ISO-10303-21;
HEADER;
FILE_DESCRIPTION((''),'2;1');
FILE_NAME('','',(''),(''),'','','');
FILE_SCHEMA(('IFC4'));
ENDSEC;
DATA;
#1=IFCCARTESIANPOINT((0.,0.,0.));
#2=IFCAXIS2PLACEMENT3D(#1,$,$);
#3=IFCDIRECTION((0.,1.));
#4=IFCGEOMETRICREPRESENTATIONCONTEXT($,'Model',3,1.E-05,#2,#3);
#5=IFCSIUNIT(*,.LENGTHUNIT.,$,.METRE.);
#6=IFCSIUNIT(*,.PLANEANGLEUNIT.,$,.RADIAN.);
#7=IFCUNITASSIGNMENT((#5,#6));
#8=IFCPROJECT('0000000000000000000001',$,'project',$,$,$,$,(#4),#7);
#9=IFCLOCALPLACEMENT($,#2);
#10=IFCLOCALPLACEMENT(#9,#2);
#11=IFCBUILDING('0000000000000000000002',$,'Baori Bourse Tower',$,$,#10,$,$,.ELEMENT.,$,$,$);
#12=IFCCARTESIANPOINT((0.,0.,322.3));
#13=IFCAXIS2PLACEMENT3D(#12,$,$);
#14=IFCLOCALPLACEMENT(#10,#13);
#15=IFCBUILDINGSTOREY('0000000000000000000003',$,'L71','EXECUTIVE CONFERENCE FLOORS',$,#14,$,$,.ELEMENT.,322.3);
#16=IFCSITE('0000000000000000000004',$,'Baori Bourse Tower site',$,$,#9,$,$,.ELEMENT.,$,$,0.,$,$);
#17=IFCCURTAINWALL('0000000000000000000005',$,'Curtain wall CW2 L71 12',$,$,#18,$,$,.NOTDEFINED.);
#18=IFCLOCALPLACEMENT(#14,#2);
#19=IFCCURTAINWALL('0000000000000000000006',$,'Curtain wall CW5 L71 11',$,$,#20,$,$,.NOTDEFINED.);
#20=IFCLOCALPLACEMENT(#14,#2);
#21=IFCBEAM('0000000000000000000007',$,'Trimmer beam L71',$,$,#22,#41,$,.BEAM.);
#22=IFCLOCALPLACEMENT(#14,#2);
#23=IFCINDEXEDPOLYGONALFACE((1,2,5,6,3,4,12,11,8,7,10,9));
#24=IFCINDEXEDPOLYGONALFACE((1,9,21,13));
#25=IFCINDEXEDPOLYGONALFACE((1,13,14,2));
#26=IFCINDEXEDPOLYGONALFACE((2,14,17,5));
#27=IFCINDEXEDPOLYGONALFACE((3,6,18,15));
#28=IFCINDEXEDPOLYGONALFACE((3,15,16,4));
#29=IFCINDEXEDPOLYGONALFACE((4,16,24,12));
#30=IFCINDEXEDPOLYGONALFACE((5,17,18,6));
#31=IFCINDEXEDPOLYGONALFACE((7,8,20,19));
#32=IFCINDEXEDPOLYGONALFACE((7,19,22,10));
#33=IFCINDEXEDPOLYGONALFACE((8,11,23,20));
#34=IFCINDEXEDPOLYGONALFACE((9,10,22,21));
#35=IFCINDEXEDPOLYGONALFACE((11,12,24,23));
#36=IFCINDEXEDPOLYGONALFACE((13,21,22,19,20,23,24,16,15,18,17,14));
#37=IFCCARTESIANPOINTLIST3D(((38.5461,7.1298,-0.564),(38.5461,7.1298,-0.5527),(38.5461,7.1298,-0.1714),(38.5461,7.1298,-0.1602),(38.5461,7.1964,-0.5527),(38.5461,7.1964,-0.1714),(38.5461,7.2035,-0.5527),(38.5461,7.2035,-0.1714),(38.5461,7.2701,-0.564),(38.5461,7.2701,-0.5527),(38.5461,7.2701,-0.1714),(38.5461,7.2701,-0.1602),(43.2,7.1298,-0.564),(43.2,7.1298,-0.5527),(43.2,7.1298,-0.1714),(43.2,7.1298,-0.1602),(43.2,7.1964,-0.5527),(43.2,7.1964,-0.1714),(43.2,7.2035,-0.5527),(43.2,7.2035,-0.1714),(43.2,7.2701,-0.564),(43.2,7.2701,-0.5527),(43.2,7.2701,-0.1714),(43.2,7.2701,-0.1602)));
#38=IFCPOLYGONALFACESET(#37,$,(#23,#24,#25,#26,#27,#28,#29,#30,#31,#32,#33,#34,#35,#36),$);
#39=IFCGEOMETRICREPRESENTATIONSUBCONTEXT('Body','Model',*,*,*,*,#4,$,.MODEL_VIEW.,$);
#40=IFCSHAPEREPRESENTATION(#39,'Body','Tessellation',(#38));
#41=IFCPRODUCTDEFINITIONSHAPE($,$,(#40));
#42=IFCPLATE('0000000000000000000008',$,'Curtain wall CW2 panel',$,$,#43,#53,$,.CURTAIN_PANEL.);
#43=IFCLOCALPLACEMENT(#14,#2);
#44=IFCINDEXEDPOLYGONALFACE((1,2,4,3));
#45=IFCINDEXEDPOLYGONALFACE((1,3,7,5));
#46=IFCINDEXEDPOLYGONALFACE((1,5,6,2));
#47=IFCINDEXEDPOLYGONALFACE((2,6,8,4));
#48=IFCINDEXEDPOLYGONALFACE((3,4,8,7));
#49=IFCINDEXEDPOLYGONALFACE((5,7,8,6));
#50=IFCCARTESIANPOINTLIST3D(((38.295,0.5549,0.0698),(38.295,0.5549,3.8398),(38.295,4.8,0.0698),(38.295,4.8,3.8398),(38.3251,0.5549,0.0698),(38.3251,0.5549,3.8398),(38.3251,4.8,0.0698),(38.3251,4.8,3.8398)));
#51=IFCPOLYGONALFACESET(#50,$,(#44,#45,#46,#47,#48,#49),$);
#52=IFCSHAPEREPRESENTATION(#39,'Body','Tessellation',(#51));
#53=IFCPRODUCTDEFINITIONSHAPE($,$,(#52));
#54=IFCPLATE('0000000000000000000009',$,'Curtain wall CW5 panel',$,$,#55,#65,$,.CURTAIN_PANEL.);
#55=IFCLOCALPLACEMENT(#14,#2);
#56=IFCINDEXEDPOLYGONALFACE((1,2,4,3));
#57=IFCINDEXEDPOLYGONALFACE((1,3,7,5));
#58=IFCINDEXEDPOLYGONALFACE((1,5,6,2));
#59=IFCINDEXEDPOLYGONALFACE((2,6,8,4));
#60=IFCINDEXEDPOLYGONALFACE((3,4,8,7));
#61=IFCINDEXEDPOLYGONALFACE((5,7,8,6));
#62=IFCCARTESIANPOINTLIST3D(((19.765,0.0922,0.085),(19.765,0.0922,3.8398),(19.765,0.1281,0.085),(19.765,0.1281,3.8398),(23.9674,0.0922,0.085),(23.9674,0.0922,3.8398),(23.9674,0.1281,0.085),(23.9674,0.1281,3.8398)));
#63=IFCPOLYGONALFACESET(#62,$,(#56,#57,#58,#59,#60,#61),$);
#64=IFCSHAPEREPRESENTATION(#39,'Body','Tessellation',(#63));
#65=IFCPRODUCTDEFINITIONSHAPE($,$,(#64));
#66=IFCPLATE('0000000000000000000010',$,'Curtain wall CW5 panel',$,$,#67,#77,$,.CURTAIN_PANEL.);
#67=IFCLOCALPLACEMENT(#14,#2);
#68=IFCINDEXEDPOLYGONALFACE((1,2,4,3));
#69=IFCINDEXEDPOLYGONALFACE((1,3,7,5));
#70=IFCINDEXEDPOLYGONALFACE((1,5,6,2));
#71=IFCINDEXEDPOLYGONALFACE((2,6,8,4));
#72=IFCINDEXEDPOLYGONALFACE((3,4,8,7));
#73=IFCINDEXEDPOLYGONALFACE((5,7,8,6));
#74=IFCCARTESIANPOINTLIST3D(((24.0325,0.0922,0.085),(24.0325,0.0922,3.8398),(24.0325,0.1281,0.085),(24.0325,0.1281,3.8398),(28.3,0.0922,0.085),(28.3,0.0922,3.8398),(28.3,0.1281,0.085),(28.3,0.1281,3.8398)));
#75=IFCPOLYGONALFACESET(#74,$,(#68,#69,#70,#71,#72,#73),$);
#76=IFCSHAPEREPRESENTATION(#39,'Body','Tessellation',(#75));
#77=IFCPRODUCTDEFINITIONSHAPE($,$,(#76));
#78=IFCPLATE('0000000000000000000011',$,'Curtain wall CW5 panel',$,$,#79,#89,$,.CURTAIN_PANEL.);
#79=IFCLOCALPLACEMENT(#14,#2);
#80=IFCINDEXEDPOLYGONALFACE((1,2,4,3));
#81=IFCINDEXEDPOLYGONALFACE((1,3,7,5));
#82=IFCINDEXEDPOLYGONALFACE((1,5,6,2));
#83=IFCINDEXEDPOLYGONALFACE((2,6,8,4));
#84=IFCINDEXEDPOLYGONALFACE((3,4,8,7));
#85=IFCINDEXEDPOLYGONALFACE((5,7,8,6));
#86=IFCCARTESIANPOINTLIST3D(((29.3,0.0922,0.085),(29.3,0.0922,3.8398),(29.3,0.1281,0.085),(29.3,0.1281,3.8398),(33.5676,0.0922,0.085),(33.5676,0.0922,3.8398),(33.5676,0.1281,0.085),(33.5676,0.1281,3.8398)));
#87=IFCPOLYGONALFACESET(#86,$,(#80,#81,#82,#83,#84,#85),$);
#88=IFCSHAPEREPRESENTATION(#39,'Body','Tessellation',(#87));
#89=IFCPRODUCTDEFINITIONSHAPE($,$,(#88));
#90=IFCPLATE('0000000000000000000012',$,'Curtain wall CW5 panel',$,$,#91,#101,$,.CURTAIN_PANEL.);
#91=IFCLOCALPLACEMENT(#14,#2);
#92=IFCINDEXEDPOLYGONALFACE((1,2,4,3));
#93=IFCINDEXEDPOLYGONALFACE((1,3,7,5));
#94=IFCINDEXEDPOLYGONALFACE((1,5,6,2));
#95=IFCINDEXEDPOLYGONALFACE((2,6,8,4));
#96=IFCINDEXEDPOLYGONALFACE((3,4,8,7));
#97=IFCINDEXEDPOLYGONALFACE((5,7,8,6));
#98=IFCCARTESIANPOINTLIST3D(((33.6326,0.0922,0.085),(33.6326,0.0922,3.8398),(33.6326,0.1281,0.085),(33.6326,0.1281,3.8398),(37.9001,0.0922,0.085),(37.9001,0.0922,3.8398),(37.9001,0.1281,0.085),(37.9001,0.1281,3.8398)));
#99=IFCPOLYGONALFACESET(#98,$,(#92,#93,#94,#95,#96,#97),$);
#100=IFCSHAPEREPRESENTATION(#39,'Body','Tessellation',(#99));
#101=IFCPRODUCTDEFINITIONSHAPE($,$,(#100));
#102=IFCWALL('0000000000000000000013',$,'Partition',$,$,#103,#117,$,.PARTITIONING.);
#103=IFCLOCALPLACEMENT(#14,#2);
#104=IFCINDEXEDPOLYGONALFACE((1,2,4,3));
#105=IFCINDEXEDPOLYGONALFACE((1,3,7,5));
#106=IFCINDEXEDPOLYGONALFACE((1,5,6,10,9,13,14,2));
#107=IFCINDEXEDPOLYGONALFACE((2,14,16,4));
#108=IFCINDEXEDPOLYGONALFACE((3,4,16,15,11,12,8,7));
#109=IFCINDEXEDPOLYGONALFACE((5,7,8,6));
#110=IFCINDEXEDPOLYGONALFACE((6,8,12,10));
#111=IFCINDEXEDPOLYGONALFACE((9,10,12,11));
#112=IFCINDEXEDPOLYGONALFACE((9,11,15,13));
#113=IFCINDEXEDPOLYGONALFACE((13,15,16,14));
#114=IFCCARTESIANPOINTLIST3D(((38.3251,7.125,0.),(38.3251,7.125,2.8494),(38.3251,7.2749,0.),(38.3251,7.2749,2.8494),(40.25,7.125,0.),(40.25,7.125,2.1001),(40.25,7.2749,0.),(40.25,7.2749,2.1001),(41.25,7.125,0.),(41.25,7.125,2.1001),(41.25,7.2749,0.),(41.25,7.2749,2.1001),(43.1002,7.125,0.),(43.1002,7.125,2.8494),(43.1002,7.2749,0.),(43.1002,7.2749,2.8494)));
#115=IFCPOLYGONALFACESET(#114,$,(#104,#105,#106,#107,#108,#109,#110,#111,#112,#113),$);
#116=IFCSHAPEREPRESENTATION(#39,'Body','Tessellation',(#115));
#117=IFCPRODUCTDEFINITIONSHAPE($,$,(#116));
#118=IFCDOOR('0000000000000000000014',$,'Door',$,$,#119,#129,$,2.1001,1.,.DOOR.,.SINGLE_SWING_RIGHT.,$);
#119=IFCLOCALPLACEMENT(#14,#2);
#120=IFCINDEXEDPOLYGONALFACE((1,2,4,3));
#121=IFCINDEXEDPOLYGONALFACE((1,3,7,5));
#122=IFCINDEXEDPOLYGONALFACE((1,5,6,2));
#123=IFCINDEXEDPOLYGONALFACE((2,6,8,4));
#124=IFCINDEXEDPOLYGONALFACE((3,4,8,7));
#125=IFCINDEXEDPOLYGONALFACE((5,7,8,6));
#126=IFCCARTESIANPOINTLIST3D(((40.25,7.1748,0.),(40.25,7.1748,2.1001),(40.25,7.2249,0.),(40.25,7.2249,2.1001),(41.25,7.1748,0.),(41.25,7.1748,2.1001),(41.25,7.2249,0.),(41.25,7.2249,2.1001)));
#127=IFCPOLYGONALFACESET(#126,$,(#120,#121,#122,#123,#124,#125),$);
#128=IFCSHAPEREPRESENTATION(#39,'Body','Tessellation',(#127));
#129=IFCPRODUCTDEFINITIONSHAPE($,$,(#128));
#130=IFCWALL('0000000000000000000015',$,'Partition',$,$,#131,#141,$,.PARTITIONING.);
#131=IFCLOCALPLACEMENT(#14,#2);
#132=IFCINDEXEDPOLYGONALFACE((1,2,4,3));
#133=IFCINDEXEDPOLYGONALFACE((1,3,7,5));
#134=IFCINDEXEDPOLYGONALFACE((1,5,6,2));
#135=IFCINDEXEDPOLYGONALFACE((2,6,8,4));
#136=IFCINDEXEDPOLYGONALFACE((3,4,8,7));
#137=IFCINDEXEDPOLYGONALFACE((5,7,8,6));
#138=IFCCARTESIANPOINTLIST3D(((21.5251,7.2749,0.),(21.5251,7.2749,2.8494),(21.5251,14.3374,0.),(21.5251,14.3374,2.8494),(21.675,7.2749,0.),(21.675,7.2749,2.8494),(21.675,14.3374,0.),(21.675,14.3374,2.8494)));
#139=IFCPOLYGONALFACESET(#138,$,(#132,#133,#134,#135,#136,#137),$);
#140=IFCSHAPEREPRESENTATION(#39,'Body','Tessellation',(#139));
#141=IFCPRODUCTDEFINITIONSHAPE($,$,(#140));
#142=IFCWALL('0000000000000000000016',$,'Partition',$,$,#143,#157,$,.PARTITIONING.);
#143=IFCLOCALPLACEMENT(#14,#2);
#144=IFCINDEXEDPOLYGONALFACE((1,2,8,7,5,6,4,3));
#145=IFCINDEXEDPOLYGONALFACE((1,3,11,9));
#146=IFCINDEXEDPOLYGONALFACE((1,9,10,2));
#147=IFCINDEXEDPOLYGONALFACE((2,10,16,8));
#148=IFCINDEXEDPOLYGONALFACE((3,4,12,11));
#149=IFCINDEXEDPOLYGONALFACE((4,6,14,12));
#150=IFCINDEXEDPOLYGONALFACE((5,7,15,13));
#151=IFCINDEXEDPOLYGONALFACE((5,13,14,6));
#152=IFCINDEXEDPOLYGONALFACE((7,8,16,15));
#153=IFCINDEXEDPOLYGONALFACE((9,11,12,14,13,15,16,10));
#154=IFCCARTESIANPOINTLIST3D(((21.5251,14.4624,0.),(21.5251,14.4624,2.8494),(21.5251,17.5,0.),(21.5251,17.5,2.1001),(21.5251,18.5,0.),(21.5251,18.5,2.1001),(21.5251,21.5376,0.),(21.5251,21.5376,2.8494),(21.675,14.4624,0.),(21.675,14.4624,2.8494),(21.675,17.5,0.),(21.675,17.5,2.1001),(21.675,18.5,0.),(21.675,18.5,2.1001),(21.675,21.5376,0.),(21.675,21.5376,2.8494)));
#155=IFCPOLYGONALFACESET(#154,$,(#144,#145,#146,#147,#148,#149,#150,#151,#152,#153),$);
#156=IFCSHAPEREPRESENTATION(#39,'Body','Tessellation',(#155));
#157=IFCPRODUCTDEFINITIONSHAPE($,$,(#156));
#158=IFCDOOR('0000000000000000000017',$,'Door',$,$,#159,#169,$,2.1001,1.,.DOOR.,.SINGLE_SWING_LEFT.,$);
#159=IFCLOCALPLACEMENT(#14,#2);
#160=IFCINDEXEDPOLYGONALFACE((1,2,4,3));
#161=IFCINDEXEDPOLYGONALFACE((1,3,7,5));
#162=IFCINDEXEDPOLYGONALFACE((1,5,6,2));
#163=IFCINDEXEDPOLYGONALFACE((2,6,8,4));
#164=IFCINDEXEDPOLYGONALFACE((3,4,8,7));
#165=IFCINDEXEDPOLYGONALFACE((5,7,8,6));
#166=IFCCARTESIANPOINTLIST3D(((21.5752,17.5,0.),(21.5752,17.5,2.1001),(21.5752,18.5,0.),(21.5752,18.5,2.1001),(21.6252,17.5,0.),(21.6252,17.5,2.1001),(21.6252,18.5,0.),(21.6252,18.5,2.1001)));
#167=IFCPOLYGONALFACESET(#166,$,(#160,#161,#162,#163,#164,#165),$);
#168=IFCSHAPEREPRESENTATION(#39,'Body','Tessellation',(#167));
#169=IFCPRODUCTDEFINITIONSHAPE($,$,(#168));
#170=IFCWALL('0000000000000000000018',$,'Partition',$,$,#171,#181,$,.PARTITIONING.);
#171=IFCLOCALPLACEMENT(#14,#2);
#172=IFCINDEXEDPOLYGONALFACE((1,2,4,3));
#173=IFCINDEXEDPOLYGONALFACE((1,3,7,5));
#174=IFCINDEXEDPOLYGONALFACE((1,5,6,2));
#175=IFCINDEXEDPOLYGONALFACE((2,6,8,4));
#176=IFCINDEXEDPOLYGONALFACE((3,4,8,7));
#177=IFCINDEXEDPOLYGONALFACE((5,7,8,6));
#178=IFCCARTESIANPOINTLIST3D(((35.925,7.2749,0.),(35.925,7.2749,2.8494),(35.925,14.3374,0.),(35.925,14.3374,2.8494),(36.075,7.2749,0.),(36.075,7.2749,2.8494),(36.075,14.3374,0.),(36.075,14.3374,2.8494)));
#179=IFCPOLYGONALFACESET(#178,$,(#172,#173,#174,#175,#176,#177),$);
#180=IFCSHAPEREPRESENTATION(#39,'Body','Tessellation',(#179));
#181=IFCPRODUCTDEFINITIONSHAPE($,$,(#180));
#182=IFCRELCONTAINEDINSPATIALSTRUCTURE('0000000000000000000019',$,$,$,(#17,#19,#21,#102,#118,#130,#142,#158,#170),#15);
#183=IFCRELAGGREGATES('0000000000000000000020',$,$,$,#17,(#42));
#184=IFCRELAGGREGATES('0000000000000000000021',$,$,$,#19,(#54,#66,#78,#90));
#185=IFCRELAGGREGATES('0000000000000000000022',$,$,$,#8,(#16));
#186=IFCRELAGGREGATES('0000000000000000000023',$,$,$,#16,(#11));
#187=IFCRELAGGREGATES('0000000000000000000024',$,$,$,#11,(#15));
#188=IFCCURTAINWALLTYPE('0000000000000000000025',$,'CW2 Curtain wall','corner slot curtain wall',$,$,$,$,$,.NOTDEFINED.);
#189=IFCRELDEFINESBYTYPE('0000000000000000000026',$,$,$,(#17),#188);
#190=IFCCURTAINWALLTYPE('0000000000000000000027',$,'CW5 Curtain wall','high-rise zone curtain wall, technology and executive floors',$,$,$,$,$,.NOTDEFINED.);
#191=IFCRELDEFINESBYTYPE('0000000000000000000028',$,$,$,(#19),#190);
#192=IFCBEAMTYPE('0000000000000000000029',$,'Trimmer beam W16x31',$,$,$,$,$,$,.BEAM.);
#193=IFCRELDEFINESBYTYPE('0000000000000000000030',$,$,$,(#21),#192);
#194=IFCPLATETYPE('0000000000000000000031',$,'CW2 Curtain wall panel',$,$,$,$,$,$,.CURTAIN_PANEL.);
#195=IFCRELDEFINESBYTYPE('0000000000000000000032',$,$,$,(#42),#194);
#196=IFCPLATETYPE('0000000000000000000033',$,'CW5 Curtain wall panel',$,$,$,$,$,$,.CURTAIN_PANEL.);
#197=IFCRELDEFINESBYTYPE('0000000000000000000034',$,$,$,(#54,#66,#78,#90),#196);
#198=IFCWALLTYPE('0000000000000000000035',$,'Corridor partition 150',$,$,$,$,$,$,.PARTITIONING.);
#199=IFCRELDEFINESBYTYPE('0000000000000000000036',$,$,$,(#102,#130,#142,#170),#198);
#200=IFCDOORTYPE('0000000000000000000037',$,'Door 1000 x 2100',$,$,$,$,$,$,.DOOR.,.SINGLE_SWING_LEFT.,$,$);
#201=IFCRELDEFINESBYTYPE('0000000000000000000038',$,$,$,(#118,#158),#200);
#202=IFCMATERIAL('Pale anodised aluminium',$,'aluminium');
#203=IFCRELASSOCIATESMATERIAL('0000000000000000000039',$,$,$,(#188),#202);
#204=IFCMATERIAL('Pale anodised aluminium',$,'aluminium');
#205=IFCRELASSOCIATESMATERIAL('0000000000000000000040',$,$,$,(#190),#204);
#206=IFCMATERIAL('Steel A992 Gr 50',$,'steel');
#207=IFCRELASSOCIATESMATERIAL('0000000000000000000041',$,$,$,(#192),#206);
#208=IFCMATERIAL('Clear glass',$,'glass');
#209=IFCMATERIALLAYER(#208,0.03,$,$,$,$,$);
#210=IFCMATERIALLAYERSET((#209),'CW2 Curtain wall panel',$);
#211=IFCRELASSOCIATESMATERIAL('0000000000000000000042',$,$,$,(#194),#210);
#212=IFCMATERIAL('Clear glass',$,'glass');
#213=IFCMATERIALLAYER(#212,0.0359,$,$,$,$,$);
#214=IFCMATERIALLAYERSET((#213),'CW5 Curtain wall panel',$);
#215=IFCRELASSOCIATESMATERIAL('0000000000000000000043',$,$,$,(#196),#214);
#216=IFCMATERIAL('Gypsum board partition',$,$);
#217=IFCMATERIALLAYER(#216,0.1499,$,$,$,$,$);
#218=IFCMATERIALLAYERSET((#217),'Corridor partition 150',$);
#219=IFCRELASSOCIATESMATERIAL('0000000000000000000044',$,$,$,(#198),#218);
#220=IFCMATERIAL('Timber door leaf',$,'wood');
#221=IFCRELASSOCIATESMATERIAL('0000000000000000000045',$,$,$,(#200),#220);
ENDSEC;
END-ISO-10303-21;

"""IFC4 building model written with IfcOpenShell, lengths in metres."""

from ifc_helpers import new_model, si_unit, direction, frame, frame_2d, origin, origin_2d, place, context, subcontext, project, spatial, rectangle, i_section, extrude, material, layer, layer_set, material_profile, profile_set, type_object, element, fill, aggregate, save


model = new_model("IFC4")

# Units and contexts
model_context = context("Model", 3, precision=1e-05, world=origin(), true_north=direction((0.0, 1.0)))
body_context = subcontext(model_context, "Body", "Model", "MODEL_VIEW")
ifc_project = project(units=[si_unit("LENGTHUNIT", "METRE"), si_unit("PLANEANGLEUNIT", "RADIAN")], contexts=[model_context])

# Site, building, storey
site_placement = place(None, origin())
site = spatial("IfcSite", under=ifc_project, at=site_placement, Name="Baori Bourse Tower site", CompositionType="ELEMENT", RefElevation=0.0)
building_placement = place(site_placement, origin())
building = spatial("IfcBuilding", under=site, at=building_placement, Name="Baori Bourse Tower", CompositionType="ELEMENT")
storey_placement = place(building_placement, frame((0.0, 0.0, 322.3)))
storey = spatial("IfcBuildingStorey", under=building, at=storey_placement, Name="L71", Description="EXECUTIVE CONFERENCE FLOORS", CompositionType="ELEMENT", Elevation=322.3)

# Curtain wall
ifc_material_1 = material(Name="Pale anodised aluminium", Category="aluminium")
curtain_wall_type_1 = type_object("IfcCurtainWallType", Name="CW2 Curtain wall", Description="corner slot curtain wall", PredefinedType="NOTDEFINED", material=ifc_material_1)
curtain_wall_1_placement = place(storey_placement, origin())
curtain_wall_1 = element("IfcCurtainWall", 1, at=curtain_wall_1_placement, inside=storey, type_object=curtain_wall_type_1, Name="Curtain wall CW2 L71 12", PredefinedType="NOTDEFINED")

# Curtain wall
ifc_material_2 = material(Name="Pale anodised aluminium", Category="aluminium")
curtain_wall_type_2 = type_object("IfcCurtainWallType", Name="CW5 Curtain wall", Description="high-rise zone curtain wall, technology and executive floors", PredefinedType="NOTDEFINED", material=ifc_material_2)
curtain_wall_2_placement = place(storey_placement, origin())
curtain_wall_2 = element("IfcCurtainWall", 2, at=curtain_wall_2_placement, inside=storey, type_object=curtain_wall_type_2, Name="Curtain wall CW5 L71 11", PredefinedType="NOTDEFINED")

# Beam
ifc_material_3 = material(Name="Steel A992 Gr 50", Category="steel")
ifc_material_profile_1 = material_profile(ifc_material_3, i_section(OverallWidth=0.1404, OverallDepth=0.4038, WebThickness=0.0071, FlangeThickness=0.0112, at=origin_2d()), Name="W16x31")
ifc_profile_set_1 = profile_set([ifc_material_profile_1], Name="Steel A992 Gr 50")
beam_type_1 = type_object("IfcBeamType", Name="Trimmer beam W16x31", PredefinedType="BEAM", material=ifc_profile_set_1)
beam_1_placement = place(storey_placement, frame((38.5461, 7.2, -0.3621), z_axis=(1.0, 0.0, 0.0), x_axis=(0.0, 1.0, 0.0)))
element("IfcBeam", 3, at=beam_1_placement, inside=storey, type_object=beam_type_1, Name="Trimmer beam L71", PredefinedType="BEAM", context=body_context, shape_type="SweptSolid", body=[
    extrude(i_section(OverallWidth=0.1404, OverallDepth=0.4038, WebThickness=0.0071, FlangeThickness=0.0112, at=origin_2d()), origin(), (0.0, 0.0, 1.0), 4.6538),
])

# Plates
ifc_material_4 = material(Name="Clear glass", Category="glass")
ifc_layer_1 = layer(ifc_material_4, 0.03)
ifc_layer_set_1 = layer_set([ifc_layer_1], Name="CW2 Curtain wall panel")
plate_type_1 = type_object("IfcPlateType", Name="CW2 Curtain wall panel", PredefinedType="CURTAIN_PANEL", material=ifc_layer_set_1)
plate_1_placement = place(storey_placement, frame((38.3101, 2.6775, 0.0698), z_axis=(0.0, 0.0, 1.0), x_axis=(0.0, 1.0, 0.0)))
plate_1 = element("IfcPlate", 4, at=plate_1_placement, type_object=plate_type_1, Name="Curtain wall CW2 panel", PredefinedType="CURTAIN_PANEL", context=body_context, shape_type="SweptSolid", body=[
    extrude(rectangle(XDim=4.2451, YDim=0.03, at=origin_2d()), origin(), (0.0, 0.0, 1.0), 3.77),
])
aggregate(curtain_wall_1, [plate_1])
ifc_material_5 = material(Name="Clear glass", Category="glass")
ifc_layer_2 = layer(ifc_material_5, 0.0359)
ifc_layer_set_2 = layer_set([ifc_layer_2], Name="CW5 Curtain wall panel")
plate_type_2 = type_object("IfcPlateType", Name="CW5 Curtain wall panel", PredefinedType="CURTAIN_PANEL", material=ifc_layer_set_2)
plate_2_placement = place(storey_placement, frame((21.8662, 0.1101, 0.085), z_axis=(0.0, 0.0, 1.0), x_axis=(1.0, 0.0, 0.0)))
plate_2 = element("IfcPlate", 5, at=plate_2_placement, type_object=plate_type_2, Name="Curtain wall CW5 panel", PredefinedType="CURTAIN_PANEL", context=body_context, shape_type="SweptSolid", body=[
    extrude(rectangle(XDim=4.2024, YDim=0.0359, at=origin_2d()), origin(), (0.0, 0.0, 1.0), 3.7549),
])
plate_3_placement = place(storey_placement, frame((26.1663, 0.1101, 0.085), z_axis=(0.0, 0.0, 1.0), x_axis=(1.0, 0.0, 0.0)))
plate_3 = element("IfcPlate", 6, at=plate_3_placement, type_object=plate_type_2, Name="Curtain wall CW5 panel", PredefinedType="CURTAIN_PANEL", context=body_context, shape_type="SweptSolid", body=[
    extrude(rectangle(XDim=4.2676, YDim=0.0359, at=origin_2d()), origin(), (0.0, 0.0, 1.0), 3.7549),
])
plate_4_placement = place(storey_placement, frame((31.4338, 0.1101, 0.085), z_axis=(0.0, 0.0, 1.0), x_axis=(1.0, 0.0, 0.0)))
plate_4 = element("IfcPlate", 7, at=plate_4_placement, type_object=plate_type_2, Name="Curtain wall CW5 panel", PredefinedType="CURTAIN_PANEL", context=body_context, shape_type="SweptSolid", body=[
    extrude(rectangle(XDim=4.2676, YDim=0.0359, at=origin_2d()), origin(), (0.0, 0.0, 1.0), 3.7549),
])
plate_5_placement = place(storey_placement, frame((35.7664, 0.1101, 0.085), z_axis=(0.0, 0.0, 1.0), x_axis=(1.0, 0.0, 0.0)))
plate_5 = element("IfcPlate", 8, at=plate_5_placement, type_object=plate_type_2, Name="Curtain wall CW5 panel", PredefinedType="CURTAIN_PANEL", context=body_context, shape_type="SweptSolid", body=[
    extrude(rectangle(XDim=4.2676, YDim=0.0359, at=origin_2d()), origin(), (0.0, 0.0, 1.0), 3.7549),
])
aggregate(curtain_wall_2, [plate_2, plate_3, plate_4, plate_5])

# Wall, opening, door
ifc_material_6 = material(Name="Gypsum board partition")
ifc_layer_3 = layer(ifc_material_6, 0.1499)
ifc_layer_set_3 = layer_set([ifc_layer_3], Name="Corridor partition 150")
wall_type_1 = type_object("IfcWallType", Name="Corridor partition 150", PredefinedType="PARTITIONING", material=ifc_layer_set_3)
wall_1_placement = place(storey_placement, frame((38.325, 7.2, 0.0), z_axis=(0.0, 0.0, 1.0), x_axis=(1.0, 0.0, 0.0)))
wall_1 = element("IfcWall", 9, at=wall_1_placement, inside=storey, type_object=wall_type_1, Name="Partition", PredefinedType="PARTITIONING", context=body_context, shape_type="SweptSolid", body=[
    extrude(rectangle(XDim=4.7751, YDim=0.1499, at=frame_2d((2.3877, 0.0))), origin(), (0.0, 0.0, 1.0), 2.8494),
])
opening_1_placement = place(wall_1_placement, frame((1.925, 0.0, 0.0)))
opening_1 = element("IfcOpeningElement", 10, at=opening_1_placement, cuts=wall_1, PredefinedType="OPENING", context=body_context, shape_type="SweptSolid", body=[
    extrude(rectangle(XDim=1.0, YDim=2.1001, at=frame_2d((0.5, 1.05))), frame((0.0, 0.085, 0.0), z_axis=(0.0, -1.0, 0.0), x_axis=(1.0, 0.0, 0.0)), (0.0, 0.0, 1.0), 0.1699),
])
ifc_material_7 = material(Name="Timber door leaf", Category="wood")
door_type = type_object("IfcDoorType", Name="Door 1000 x 2100", OperationType="SINGLE_SWING_LEFT", PredefinedType="DOOR", material=ifc_material_7)
door_1_placement = place(opening_1_placement, origin())
door_1 = element("IfcDoor", 11, at=door_1_placement, inside=storey, type_object=door_type, Name="Door", OperationType="SINGLE_SWING_RIGHT", OverallHeight=2.1001, OverallWidth=1.0, PredefinedType="DOOR", context=body_context, shape_type="SweptSolid", body=[
    extrude(rectangle(XDim=1.0, YDim=2.1001, at=frame_2d((0.5, 1.05))), frame((0.0, 0.0249, 0.0), z_axis=(0.0, -1.0, 0.0), x_axis=(1.0, 0.0, 0.0)), (0.0, 0.0, 1.0), 0.05),
])
fill(opening_1, door_1)

# Wall
wall_2_placement = place(storey_placement, frame((21.6001, 7.2749, 0.0), z_axis=(0.0, 0.0, 1.0), x_axis=(0.0, 1.0, 0.0)))
element("IfcWall", 12, at=wall_2_placement, inside=storey, type_object=wall_type_1, Name="Partition", PredefinedType="PARTITIONING", context=body_context, shape_type="SweptSolid", body=[
    extrude(rectangle(XDim=7.0625, YDim=0.1499, at=frame_2d((3.5312, 0.0))), origin(), (0.0, 0.0, 1.0), 2.8494),
])

# Wall, opening, door
wall_3_placement = place(storey_placement, frame((21.6001, 14.4624, 0.0), z_axis=(0.0, 0.0, 1.0), x_axis=(0.0, 1.0, 0.0)))
wall_3 = element("IfcWall", 13, at=wall_3_placement, inside=storey, type_object=wall_type_1, Name="Partition", PredefinedType="PARTITIONING", context=body_context, shape_type="SweptSolid", body=[
    extrude(rectangle(XDim=7.0752, YDim=0.1499, at=frame_2d((3.5376, 0.0))), origin(), (0.0, 0.0, 1.0), 2.8494),
])
opening_2_placement = place(wall_3_placement, frame((3.0376, 0.0, 0.0)))
opening_2 = element("IfcOpeningElement", 14, at=opening_2_placement, cuts=wall_3, PredefinedType="OPENING", context=body_context, shape_type="SweptSolid", body=[
    extrude(rectangle(XDim=1.0, YDim=2.1001, at=frame_2d((0.5, 1.05))), frame((0.0, 0.085, 0.0), z_axis=(0.0, -1.0, 0.0), x_axis=(1.0, 0.0, 0.0)), (0.0, 0.0, 1.0), 0.1699),
])
door_2_placement = place(opening_2_placement, origin())
door_2 = element("IfcDoor", 15, at=door_2_placement, inside=storey, type_object=door_type, Name="Door", OperationType="SINGLE_SWING_LEFT", OverallHeight=2.1001, OverallWidth=1.0, PredefinedType="DOOR", context=body_context, shape_type="SweptSolid", body=[
    extrude(rectangle(XDim=1.0, YDim=2.1001, at=frame_2d((0.5, 1.05))), frame((0.0, 0.0249, 0.0), z_axis=(0.0, -1.0, 0.0), x_axis=(1.0, 0.0, 0.0)), (0.0, 0.0, 1.0), 0.05),
])
fill(opening_2, door_2)

# Wall
wall_4_placement = place(storey_placement, frame((36.0, 7.2749, 0.0), z_axis=(0.0, 0.0, 1.0), x_axis=(0.0, 1.0, 0.0)))
element("IfcWall", 16, at=wall_4_placement, inside=storey, type_object=wall_type_1, Name="Partition", PredefinedType="PARTITIONING", context=body_context, shape_type="SweptSolid", body=[
    extrude(rectangle(XDim=7.0625, YDim=0.1499, at=frame_2d((3.5312, 0.0))), origin(), (0.0, 0.0, 1.0), 2.8494),
])

save(model, "model.ifc")
